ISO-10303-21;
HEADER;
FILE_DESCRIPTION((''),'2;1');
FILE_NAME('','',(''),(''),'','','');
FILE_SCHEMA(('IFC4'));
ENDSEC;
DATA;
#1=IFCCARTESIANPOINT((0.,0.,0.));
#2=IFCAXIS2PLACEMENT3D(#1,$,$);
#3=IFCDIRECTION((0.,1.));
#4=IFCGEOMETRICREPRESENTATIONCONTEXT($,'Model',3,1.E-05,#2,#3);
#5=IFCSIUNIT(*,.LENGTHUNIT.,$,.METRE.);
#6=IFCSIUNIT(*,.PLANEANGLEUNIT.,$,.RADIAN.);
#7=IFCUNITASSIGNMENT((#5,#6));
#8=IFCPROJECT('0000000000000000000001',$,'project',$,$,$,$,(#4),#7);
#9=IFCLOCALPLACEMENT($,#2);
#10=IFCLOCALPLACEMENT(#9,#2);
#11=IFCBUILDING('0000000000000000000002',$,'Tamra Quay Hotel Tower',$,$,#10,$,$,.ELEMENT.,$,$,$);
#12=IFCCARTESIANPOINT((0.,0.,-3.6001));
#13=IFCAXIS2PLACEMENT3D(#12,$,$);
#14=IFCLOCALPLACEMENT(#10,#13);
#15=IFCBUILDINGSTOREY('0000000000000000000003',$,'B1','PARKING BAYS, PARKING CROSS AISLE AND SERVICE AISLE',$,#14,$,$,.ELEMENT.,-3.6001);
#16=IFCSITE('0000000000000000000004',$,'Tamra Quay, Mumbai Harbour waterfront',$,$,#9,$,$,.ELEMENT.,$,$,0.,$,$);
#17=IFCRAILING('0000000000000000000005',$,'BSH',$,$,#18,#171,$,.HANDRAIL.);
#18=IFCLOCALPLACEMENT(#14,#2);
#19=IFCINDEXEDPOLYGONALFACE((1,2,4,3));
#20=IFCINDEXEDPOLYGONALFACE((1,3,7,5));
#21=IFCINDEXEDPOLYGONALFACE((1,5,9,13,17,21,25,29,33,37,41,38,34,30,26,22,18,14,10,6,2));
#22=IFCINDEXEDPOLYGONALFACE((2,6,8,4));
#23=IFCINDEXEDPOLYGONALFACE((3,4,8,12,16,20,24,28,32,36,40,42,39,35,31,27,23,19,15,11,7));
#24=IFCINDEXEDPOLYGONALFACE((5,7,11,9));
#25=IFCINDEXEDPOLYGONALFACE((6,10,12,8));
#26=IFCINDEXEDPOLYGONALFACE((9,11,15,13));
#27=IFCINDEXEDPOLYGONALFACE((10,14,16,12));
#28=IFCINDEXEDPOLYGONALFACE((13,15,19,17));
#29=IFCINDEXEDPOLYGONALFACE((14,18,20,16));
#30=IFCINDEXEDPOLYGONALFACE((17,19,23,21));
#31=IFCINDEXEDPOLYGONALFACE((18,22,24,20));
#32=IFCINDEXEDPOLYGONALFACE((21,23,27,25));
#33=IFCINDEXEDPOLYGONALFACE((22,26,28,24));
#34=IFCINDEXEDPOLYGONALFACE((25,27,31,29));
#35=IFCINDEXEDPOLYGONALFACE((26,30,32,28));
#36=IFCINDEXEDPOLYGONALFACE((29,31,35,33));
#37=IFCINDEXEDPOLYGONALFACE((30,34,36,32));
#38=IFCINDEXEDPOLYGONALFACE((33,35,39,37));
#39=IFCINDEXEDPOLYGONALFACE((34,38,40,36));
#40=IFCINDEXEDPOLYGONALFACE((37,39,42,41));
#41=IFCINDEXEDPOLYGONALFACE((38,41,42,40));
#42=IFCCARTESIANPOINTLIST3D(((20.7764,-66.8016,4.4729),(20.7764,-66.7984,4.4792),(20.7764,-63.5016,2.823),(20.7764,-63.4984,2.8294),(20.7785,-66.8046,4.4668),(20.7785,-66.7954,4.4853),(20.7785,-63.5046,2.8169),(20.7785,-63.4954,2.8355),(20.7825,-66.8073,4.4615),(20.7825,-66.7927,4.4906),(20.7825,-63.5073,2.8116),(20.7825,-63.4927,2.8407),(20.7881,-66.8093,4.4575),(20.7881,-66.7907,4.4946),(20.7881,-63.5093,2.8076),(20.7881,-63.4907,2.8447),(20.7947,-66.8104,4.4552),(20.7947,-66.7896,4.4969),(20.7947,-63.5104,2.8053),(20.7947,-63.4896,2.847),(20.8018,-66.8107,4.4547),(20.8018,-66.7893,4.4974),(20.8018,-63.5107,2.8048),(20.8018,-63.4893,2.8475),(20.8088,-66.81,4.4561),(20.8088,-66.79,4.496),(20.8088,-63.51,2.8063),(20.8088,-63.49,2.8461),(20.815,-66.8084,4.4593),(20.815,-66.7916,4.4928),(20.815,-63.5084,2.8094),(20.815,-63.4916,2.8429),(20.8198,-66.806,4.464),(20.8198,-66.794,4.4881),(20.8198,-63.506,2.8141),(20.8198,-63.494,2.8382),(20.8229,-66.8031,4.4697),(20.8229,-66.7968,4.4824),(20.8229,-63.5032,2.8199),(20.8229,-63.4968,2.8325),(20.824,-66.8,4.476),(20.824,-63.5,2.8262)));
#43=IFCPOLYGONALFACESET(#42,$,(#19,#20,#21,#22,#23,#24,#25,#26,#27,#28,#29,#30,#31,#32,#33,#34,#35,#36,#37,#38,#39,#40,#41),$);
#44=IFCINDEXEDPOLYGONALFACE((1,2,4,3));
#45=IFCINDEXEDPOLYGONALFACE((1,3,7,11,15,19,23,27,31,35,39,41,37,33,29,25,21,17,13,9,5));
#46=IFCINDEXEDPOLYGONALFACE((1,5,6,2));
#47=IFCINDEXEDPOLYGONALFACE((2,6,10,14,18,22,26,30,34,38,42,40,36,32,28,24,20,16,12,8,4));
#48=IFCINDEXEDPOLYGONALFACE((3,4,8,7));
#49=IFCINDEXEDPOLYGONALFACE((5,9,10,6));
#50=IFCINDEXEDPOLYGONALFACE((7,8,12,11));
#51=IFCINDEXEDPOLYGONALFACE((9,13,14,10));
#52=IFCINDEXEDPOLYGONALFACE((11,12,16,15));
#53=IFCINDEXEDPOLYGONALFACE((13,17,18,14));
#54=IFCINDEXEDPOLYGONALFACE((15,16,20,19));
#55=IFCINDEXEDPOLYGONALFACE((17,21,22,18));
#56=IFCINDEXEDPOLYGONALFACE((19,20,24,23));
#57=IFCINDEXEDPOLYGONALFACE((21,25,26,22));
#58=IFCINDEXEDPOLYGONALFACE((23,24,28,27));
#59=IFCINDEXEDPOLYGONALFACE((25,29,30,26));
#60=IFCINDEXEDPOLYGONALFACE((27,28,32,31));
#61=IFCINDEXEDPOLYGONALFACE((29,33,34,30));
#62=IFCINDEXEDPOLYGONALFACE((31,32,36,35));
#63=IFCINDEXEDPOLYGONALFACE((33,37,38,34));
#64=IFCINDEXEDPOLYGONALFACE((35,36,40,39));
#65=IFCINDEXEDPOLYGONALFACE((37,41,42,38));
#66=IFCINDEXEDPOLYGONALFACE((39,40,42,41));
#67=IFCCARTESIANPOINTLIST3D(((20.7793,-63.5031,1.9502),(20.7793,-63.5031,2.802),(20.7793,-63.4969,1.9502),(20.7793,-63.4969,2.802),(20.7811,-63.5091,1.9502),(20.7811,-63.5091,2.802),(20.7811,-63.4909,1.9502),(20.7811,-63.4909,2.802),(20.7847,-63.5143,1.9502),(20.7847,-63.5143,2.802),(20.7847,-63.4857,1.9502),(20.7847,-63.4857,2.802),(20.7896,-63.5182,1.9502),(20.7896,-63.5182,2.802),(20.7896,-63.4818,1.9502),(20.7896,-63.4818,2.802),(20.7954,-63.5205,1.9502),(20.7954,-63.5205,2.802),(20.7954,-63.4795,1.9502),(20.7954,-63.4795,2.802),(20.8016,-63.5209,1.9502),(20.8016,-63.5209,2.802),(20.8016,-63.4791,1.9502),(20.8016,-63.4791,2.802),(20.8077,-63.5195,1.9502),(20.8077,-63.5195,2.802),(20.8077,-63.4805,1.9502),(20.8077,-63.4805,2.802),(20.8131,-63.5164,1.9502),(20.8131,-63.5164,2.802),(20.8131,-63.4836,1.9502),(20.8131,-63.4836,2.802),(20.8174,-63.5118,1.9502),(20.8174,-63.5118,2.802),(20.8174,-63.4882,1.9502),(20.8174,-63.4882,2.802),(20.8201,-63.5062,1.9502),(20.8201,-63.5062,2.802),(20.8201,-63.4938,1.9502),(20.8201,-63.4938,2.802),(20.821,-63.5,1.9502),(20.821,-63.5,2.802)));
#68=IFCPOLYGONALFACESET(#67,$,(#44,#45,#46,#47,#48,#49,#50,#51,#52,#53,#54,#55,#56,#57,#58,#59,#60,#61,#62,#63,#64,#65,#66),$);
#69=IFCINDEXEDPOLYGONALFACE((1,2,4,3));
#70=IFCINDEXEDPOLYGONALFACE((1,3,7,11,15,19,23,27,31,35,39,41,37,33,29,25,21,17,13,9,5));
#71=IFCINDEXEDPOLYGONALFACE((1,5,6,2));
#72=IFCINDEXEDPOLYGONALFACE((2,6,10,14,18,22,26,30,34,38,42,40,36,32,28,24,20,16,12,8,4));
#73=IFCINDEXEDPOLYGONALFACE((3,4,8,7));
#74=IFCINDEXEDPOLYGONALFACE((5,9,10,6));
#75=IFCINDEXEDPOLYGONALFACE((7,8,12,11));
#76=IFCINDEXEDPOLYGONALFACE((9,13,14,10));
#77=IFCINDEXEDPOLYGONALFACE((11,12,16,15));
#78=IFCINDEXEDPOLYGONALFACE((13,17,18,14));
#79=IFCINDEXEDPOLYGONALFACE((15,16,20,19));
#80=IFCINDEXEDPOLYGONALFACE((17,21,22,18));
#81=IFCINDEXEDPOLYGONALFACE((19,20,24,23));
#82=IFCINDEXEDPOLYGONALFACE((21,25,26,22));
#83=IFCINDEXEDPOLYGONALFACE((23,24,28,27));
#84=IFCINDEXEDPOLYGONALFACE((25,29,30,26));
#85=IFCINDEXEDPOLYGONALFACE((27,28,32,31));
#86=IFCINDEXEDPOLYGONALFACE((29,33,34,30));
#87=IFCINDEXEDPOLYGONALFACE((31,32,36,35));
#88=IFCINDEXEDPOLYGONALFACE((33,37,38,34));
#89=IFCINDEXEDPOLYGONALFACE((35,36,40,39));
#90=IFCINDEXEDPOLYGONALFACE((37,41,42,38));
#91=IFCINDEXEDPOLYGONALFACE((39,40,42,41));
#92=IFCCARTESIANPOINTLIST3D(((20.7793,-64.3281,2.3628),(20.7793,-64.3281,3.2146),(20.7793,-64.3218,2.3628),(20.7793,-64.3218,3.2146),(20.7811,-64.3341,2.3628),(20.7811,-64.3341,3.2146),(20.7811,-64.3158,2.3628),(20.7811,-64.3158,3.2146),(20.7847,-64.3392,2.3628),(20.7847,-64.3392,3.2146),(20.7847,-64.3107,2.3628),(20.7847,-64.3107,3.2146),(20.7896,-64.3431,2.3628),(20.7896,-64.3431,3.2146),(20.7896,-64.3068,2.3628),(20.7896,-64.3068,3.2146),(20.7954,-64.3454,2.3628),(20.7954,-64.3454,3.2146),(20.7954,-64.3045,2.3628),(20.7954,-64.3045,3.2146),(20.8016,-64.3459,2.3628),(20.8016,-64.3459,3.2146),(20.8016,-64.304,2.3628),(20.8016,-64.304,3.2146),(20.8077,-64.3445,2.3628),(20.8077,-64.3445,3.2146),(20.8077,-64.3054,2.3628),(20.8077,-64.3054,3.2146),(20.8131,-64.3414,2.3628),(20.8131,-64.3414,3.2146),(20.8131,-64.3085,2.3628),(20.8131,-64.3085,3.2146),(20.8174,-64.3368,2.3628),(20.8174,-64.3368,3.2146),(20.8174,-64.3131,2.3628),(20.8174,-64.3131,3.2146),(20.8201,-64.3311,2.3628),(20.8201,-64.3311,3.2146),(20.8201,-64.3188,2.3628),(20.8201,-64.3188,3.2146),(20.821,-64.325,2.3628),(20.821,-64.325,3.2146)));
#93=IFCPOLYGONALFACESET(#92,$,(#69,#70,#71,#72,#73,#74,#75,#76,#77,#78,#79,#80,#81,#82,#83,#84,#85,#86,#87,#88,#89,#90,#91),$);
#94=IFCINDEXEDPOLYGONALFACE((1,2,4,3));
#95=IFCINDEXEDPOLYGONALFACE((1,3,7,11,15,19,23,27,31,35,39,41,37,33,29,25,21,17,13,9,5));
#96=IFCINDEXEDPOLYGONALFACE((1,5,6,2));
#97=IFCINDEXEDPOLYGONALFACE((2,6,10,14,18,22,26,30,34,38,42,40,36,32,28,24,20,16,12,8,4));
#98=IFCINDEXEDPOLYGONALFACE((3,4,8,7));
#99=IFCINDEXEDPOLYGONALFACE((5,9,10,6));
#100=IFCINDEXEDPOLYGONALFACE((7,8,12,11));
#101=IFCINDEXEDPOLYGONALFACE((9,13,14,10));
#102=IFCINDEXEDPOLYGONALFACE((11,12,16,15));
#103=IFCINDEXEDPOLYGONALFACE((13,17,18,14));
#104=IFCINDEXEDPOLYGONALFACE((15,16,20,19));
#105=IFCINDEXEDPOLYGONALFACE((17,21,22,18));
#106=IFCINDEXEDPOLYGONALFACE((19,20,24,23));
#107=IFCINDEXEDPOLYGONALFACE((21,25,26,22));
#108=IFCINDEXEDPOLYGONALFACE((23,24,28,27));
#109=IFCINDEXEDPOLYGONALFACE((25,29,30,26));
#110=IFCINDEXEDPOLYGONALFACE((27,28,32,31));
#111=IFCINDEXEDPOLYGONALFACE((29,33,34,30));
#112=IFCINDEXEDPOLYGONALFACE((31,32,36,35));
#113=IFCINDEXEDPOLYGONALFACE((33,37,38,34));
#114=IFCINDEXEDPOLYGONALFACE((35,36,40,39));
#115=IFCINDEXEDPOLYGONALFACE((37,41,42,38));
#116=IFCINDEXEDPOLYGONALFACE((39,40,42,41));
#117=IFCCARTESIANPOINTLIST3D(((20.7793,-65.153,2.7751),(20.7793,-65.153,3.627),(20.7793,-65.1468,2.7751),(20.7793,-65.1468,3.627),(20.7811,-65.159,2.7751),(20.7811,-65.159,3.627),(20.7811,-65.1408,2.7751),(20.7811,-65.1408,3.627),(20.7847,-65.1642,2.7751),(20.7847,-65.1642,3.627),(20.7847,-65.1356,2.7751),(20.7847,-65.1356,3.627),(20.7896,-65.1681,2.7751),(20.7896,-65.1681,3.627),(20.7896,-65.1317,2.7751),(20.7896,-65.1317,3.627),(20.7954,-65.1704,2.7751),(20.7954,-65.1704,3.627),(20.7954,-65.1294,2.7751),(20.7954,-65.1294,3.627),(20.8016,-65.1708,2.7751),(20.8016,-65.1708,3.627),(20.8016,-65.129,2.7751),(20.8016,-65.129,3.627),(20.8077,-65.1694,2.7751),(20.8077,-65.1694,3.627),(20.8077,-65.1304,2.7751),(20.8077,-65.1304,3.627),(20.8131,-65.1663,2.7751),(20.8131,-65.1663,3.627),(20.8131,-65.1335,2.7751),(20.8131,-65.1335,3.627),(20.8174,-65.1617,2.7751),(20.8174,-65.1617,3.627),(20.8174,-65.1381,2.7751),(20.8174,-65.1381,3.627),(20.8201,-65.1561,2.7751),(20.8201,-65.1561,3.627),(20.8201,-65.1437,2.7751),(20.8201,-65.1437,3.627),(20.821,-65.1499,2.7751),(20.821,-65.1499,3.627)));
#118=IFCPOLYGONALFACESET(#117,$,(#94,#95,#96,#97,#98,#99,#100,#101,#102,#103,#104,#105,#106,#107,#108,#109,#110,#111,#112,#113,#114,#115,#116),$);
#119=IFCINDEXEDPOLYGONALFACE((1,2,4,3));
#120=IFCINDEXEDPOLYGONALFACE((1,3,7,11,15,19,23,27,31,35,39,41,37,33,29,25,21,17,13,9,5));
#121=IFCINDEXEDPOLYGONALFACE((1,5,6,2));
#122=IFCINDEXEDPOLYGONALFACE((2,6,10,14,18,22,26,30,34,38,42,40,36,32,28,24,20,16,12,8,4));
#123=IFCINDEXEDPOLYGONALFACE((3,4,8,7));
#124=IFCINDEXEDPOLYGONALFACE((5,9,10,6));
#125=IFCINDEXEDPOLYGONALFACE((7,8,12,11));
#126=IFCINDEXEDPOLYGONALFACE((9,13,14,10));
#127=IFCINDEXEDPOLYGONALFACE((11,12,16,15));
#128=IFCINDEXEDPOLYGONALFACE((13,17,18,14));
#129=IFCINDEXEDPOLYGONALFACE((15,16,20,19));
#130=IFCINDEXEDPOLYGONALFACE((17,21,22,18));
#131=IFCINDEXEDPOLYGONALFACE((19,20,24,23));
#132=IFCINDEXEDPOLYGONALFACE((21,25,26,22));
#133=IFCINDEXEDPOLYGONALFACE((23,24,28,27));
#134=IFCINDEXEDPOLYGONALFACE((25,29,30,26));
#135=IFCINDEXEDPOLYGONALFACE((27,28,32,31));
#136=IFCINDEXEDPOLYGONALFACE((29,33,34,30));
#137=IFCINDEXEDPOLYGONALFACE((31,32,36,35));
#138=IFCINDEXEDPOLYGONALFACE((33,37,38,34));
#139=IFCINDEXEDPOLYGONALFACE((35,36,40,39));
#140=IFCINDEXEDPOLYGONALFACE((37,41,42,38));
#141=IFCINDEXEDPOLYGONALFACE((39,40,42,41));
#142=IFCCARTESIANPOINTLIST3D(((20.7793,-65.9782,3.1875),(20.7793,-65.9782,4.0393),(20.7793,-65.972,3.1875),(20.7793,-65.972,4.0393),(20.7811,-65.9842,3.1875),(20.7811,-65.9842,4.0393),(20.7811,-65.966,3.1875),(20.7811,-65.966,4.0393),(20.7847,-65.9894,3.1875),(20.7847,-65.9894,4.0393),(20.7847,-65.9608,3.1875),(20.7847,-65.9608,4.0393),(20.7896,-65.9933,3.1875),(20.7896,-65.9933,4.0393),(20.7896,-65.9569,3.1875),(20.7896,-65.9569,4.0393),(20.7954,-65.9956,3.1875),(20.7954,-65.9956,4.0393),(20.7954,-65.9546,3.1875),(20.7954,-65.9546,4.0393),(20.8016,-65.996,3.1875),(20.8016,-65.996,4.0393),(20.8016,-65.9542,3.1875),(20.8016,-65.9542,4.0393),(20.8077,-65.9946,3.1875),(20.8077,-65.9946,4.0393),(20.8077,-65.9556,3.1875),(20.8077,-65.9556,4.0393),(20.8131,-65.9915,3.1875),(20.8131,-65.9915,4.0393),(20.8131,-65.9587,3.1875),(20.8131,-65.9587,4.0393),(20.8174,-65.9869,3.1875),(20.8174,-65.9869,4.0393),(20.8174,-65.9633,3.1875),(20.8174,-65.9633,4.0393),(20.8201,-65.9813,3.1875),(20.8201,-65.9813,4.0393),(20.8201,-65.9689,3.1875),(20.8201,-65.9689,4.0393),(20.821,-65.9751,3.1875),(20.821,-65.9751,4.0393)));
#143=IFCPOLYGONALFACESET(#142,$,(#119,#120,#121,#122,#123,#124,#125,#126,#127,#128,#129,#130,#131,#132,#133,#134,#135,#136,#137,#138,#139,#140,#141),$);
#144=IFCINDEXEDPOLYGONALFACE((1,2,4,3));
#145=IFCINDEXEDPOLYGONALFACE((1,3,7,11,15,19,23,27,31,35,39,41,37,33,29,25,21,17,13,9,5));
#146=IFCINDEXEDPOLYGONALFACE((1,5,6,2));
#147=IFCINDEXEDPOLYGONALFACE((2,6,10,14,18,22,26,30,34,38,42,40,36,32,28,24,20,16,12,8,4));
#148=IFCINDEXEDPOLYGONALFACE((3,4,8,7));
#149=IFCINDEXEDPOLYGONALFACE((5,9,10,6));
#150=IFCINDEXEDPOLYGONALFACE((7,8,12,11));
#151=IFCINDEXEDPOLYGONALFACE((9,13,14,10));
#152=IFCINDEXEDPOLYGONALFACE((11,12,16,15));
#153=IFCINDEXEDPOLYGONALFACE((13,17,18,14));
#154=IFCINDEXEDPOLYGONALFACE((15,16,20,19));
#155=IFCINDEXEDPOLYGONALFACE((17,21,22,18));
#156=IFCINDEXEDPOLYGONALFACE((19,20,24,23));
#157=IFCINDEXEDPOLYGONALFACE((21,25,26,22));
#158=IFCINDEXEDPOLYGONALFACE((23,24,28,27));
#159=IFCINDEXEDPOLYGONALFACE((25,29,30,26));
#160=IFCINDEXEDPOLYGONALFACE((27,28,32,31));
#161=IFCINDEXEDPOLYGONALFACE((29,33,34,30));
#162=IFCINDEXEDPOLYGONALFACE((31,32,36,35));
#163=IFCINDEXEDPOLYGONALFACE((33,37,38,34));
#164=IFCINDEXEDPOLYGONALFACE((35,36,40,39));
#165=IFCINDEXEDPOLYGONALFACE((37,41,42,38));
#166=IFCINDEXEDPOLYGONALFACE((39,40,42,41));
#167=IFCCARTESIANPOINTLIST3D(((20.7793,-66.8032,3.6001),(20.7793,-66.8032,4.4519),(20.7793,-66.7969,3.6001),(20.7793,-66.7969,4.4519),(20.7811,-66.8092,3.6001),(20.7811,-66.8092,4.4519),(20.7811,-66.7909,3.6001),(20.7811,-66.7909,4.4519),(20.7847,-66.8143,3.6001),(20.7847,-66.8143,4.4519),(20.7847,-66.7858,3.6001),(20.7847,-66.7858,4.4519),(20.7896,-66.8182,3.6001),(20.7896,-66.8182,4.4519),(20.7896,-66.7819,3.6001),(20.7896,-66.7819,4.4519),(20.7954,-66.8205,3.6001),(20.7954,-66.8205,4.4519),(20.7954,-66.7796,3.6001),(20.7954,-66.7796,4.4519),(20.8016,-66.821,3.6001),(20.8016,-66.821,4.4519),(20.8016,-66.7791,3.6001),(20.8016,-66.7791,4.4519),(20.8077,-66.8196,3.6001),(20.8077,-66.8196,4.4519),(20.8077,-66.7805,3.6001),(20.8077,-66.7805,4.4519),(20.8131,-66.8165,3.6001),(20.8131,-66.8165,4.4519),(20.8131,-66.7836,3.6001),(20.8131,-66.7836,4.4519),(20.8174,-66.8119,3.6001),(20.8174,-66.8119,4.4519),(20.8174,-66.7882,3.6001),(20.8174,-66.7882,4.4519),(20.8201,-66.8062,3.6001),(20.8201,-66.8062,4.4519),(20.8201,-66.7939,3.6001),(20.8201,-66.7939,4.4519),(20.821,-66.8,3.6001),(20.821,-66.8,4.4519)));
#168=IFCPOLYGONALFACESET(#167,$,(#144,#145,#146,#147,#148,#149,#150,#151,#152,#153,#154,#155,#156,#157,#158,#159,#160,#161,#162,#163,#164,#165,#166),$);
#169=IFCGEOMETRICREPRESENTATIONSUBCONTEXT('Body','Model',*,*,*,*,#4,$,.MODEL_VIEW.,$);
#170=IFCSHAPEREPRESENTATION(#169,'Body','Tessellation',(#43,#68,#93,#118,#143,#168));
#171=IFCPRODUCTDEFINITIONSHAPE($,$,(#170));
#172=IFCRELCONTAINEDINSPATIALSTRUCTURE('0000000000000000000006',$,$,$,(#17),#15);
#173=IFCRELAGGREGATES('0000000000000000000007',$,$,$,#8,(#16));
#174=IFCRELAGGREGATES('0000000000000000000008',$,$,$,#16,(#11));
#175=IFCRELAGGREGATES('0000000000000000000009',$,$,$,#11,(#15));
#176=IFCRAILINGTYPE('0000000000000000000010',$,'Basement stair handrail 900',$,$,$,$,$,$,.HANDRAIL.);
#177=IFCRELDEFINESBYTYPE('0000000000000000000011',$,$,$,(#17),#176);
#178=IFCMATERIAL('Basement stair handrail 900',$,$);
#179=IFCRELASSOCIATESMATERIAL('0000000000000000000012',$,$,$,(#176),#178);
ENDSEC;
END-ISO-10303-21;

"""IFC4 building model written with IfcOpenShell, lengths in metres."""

from ifc_helpers import new_model, si_unit, direction, frame, origin, origin_2d, place, context, subcontext, project, spatial, circle, extrude, material, type_object, element, save


model = new_model("IFC4")

# Units and contexts
model_context = context("Model", 3, precision=1e-05, world=origin(), true_north=direction((0.0, 1.0)))
body_context = subcontext(model_context, "Body", "Model", "MODEL_VIEW")
ifc_project = project(units=[si_unit("LENGTHUNIT", "METRE"), si_unit("PLANEANGLEUNIT", "RADIAN")], contexts=[model_context])

# Site, building, storey
site_placement = place(None, origin())
site = spatial("IfcSite", under=ifc_project, at=site_placement, Name="Tamra Quay, Mumbai Harbour waterfront", CompositionType="ELEMENT", RefElevation=0.0)
building_placement = place(site_placement, origin())
building = spatial("IfcBuilding", under=site, at=building_placement, Name="Tamra Quay Hotel Tower", CompositionType="ELEMENT")
storey_placement = place(building_placement, frame((0.0, 0.0, -3.6001)))
storey = spatial("IfcBuildingStorey", under=building, at=storey_placement, Name="B1", Description="PARKING BAYS, PARKING CROSS AISLE AND SERVICE AISLE", CompositionType="ELEMENT", Elevation=-3.6001)

# Railing
ifc_material_1 = material(Name="Basement stair handrail 900")
railing_type_1 = type_object("IfcRailingType", Name="Basement stair handrail 900", PredefinedType="HANDRAIL", material=ifc_material_1)
railing_1_placement = place(storey_placement, frame((20.8, -63.5, 1.9502)))
element("IfcRailing", 1, at=railing_1_placement, inside=storey, type_object=railing_type_1, Name="BSH", PredefinedType="HANDRAIL", context=body_context, shape_type="SweptSolid", body=[
    extrude(circle(Radius=0.0239, at=origin_2d()), frame((0.0, 0.0, 0.876), z_axis=(0.0, -0.89444, 0.447187), x_axis=(1.0, 0.0, 0.0)), (0.0, 0.0, 1.0), 3.6895),
    extrude(circle(Radius=0.021, at=origin_2d()), origin(), (0.0, 0.0, 1.0), 0.8518),
    extrude(circle(Radius=0.021, at=origin_2d()), frame((0.0, -0.825, 0.4126)), (0.0, 0.0, 1.0), 0.8518),
    extrude(circle(Radius=0.021, at=origin_2d()), frame((0.0, -1.6499, 0.825)), (0.0, 0.0, 1.0), 0.8518),
    extrude(circle(Radius=0.021, at=origin_2d()), frame((0.0, -2.4751, 1.2373)), (0.0, 0.0, 1.0), 0.8518),
    extrude(circle(Radius=0.021, at=origin_2d()), frame((0.0, -3.3, 1.6499)), (0.0, 0.0, 1.0), 0.8518),
])

save(model, "model.ifc")
